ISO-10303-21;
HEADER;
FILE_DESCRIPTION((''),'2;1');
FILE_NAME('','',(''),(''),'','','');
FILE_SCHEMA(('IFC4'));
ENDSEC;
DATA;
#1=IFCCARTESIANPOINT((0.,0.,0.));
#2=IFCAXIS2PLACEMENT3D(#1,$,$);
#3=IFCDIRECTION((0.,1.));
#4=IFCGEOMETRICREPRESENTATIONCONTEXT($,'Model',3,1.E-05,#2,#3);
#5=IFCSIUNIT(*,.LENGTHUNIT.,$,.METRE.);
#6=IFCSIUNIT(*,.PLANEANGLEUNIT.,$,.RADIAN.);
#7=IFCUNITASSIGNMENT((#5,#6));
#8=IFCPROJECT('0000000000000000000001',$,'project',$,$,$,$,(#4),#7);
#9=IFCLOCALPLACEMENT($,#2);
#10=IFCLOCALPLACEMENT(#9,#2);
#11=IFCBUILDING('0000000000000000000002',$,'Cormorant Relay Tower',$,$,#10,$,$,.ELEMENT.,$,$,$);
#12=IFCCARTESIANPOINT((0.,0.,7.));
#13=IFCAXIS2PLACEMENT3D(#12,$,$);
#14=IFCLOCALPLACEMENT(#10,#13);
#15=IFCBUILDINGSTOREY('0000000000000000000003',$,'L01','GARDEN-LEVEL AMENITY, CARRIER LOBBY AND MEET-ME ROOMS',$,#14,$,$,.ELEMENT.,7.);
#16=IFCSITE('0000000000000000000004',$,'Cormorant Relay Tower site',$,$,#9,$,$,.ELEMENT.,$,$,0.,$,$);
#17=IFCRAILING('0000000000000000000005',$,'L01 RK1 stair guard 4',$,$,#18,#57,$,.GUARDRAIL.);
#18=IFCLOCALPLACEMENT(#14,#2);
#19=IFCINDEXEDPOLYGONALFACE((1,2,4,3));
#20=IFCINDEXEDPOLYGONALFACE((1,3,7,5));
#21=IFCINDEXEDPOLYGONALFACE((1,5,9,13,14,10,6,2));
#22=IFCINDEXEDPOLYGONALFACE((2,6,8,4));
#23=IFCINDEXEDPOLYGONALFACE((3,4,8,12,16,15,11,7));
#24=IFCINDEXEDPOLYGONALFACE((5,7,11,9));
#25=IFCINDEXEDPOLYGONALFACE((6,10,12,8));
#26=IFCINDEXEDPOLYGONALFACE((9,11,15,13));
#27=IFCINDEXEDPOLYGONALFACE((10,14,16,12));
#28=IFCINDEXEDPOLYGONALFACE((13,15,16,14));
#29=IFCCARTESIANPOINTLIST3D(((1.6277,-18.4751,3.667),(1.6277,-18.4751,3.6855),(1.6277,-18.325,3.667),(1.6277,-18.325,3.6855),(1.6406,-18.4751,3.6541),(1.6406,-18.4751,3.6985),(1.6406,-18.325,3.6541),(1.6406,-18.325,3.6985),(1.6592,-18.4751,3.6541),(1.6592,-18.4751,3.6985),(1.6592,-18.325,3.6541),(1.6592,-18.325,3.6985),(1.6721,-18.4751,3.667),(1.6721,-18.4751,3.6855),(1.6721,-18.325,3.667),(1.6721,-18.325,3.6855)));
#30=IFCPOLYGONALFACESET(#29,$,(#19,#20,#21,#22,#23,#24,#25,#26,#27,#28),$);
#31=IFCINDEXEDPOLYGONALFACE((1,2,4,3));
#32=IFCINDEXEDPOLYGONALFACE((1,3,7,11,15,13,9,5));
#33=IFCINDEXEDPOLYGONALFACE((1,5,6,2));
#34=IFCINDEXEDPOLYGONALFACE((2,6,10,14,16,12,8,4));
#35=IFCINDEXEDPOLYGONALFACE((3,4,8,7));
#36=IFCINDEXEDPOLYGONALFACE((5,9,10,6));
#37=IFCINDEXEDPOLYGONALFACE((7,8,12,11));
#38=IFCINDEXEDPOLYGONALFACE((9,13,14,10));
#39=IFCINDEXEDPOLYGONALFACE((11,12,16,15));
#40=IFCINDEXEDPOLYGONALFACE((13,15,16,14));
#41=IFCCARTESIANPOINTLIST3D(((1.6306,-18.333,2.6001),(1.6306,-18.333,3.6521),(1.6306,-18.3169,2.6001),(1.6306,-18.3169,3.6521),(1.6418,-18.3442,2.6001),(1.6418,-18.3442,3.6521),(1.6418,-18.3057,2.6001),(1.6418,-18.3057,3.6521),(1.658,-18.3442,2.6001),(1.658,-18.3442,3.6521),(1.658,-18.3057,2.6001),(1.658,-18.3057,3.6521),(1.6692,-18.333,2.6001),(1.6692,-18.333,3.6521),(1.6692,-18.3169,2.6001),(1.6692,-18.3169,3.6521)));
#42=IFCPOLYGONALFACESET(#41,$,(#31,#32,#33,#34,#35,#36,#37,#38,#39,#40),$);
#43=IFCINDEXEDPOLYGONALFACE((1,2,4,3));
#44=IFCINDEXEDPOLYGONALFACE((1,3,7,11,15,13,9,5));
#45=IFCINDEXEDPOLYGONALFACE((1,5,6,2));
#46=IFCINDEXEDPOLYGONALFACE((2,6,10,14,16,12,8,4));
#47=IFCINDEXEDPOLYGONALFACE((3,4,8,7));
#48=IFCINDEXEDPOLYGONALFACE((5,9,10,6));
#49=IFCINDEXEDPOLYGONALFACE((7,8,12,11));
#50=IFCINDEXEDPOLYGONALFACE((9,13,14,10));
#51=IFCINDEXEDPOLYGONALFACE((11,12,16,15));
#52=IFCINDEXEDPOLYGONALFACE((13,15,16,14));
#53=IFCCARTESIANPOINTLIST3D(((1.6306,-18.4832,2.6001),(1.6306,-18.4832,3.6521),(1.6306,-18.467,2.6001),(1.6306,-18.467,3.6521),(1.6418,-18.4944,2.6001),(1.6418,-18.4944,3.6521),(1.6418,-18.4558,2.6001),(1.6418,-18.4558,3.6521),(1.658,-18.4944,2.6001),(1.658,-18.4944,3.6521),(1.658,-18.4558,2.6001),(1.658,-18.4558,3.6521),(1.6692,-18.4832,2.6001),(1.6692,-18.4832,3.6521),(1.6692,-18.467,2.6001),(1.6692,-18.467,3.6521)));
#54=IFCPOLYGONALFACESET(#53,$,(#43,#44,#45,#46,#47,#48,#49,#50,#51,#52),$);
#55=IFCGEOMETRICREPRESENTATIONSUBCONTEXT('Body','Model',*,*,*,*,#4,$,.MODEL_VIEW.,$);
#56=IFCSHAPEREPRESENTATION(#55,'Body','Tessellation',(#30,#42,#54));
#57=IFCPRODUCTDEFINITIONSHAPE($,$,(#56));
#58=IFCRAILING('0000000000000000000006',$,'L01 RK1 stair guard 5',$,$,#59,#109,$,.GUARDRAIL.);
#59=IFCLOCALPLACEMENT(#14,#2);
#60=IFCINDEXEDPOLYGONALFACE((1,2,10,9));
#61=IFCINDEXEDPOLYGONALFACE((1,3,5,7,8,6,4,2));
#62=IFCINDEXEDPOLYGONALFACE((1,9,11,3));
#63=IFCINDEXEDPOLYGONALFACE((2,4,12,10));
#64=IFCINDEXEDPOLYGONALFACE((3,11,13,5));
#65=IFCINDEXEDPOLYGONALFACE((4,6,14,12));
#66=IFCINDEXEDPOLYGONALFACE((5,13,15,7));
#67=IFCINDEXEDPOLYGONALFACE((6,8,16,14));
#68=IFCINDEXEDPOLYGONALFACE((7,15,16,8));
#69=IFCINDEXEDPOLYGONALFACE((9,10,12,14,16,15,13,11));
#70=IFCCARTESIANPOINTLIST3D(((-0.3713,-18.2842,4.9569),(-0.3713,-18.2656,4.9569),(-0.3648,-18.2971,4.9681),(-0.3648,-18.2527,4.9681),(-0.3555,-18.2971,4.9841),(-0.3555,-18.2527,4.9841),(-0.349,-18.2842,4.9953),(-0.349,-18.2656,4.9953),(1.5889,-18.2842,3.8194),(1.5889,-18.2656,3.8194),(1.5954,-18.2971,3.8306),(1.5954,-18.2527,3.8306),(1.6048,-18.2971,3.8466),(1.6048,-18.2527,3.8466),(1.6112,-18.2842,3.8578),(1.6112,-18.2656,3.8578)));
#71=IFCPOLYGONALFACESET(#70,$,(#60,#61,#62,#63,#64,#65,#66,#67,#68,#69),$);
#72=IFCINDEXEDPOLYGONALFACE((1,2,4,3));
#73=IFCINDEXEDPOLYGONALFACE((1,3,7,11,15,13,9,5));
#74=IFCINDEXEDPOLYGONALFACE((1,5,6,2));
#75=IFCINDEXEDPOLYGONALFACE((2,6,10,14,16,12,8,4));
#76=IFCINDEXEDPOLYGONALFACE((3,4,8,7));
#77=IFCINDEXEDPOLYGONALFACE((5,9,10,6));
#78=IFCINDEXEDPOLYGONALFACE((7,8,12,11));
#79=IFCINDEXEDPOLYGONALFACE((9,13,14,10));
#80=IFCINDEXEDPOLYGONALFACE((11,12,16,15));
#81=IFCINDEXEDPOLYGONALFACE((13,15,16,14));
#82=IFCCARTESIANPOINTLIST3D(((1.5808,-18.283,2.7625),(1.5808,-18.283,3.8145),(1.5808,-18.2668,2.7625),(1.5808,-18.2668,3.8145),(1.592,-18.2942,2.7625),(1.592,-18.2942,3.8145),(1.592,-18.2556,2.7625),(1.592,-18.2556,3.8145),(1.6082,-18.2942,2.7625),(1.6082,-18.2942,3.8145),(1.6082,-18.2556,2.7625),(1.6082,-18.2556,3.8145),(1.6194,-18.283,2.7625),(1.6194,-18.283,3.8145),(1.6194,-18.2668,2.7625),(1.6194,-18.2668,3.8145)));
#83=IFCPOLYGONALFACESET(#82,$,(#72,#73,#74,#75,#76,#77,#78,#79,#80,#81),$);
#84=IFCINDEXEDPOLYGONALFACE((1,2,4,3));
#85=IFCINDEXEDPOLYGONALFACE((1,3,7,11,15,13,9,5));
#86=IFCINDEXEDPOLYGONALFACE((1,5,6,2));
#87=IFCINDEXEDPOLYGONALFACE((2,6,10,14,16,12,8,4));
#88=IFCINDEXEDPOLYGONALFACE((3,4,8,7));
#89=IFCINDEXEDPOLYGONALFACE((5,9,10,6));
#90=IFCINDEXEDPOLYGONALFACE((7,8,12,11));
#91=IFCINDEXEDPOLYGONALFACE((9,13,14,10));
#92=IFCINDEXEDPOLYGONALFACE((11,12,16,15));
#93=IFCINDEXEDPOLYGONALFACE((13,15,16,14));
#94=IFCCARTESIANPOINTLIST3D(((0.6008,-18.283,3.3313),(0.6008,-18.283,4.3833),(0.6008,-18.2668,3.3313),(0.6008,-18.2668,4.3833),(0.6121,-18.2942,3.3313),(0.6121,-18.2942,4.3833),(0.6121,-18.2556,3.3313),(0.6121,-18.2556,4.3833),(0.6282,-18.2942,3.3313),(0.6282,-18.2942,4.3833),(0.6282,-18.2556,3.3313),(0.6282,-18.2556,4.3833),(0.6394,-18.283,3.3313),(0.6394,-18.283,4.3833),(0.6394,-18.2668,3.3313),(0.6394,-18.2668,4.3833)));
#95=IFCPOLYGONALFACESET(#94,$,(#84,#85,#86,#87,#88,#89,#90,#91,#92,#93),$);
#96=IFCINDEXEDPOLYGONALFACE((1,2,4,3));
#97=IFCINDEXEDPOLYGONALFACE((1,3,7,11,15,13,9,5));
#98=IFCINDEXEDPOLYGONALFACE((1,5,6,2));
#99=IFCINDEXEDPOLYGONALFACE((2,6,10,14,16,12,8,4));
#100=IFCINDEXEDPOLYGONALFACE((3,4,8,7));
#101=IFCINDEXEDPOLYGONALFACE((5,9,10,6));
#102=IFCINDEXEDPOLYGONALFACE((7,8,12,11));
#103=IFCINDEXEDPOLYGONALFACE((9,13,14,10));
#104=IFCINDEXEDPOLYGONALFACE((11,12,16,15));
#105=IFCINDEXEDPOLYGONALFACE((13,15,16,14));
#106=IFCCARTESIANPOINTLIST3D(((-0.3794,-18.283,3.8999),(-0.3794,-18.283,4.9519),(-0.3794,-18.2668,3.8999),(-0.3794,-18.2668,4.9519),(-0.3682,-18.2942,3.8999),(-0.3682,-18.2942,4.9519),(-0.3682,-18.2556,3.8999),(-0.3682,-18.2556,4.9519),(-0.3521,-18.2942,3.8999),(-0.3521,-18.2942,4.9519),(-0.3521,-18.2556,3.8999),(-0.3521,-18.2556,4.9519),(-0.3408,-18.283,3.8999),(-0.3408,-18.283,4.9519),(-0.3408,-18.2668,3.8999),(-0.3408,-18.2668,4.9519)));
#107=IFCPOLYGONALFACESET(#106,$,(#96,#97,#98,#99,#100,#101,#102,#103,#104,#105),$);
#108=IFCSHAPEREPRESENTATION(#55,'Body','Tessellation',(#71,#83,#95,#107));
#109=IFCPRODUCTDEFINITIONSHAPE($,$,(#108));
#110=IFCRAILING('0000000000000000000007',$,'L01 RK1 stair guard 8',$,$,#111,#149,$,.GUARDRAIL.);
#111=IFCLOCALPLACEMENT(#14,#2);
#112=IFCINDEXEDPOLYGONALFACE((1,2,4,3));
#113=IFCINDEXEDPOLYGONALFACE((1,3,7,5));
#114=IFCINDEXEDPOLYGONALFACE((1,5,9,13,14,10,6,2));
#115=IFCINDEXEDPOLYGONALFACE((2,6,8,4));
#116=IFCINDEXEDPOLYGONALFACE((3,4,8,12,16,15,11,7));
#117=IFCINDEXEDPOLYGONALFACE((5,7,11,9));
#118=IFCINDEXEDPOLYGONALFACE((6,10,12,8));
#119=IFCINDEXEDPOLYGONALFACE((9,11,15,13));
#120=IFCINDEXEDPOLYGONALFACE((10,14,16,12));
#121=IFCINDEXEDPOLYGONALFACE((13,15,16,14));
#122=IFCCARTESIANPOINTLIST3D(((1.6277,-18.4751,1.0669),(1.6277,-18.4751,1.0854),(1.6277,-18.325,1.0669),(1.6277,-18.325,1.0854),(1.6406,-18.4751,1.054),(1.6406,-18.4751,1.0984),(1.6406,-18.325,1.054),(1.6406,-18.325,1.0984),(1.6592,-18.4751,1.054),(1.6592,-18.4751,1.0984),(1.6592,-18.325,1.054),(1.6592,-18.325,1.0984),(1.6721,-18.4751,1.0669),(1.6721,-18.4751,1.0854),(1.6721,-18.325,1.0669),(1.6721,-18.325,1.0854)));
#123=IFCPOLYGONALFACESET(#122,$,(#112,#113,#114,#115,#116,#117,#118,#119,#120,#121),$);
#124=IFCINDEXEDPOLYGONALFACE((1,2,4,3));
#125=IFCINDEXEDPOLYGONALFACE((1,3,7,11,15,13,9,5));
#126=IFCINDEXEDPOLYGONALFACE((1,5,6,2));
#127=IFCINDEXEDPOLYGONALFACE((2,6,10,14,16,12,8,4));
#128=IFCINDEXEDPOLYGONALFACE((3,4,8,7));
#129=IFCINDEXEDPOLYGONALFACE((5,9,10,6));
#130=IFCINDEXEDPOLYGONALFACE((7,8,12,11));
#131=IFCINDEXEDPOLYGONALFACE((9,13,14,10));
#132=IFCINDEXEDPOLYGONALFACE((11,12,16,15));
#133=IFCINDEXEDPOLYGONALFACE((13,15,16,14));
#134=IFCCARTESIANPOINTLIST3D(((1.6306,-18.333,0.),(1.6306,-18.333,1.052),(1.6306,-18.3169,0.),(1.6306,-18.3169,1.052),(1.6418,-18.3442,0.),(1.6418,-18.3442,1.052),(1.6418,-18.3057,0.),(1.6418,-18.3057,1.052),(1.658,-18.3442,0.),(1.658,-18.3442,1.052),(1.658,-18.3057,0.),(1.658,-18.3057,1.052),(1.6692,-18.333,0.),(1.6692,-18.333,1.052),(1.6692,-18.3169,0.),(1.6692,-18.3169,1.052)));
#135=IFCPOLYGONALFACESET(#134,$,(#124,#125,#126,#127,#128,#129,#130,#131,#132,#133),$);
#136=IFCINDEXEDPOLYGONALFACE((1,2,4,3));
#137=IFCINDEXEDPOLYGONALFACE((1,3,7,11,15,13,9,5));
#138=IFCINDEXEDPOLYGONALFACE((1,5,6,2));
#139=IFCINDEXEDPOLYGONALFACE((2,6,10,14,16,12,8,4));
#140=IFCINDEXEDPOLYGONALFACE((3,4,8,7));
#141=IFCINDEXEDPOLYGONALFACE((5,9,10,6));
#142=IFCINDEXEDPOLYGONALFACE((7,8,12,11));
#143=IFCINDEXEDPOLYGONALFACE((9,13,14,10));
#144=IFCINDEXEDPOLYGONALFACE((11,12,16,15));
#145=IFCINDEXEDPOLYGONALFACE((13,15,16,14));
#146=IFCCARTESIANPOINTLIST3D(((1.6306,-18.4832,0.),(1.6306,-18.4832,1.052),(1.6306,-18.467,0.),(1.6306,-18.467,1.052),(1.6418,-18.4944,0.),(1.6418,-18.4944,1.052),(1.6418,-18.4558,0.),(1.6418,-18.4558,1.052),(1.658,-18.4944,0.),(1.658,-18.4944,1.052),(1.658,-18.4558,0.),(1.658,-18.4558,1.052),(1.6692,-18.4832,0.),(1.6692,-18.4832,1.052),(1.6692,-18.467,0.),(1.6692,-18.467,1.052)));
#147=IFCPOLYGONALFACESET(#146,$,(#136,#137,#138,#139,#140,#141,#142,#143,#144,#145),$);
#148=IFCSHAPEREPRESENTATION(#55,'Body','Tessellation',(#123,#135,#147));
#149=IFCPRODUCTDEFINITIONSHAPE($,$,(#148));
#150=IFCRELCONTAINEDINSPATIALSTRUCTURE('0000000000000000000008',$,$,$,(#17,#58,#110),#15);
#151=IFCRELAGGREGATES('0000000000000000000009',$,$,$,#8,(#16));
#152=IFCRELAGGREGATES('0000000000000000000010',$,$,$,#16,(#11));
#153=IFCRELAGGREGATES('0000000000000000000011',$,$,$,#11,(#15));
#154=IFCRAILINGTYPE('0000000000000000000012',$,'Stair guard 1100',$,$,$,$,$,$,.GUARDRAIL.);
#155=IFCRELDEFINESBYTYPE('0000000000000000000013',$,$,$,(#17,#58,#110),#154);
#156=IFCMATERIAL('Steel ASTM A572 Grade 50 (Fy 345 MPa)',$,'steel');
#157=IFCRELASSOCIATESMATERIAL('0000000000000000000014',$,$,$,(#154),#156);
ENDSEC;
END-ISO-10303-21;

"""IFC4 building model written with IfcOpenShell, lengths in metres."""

from ifc_helpers import new_model, si_unit, direction, frame, origin, place, context, subcontext, project, spatial, polyline, outline, extrude, material, type_object, element, save


model = new_model("IFC4")

# Units and contexts
model_context = context("Model", 3, precision=1e-05, world=origin(), true_north=direction((0.0, 1.0)))
body_context = subcontext(model_context, "Body", "Model", "MODEL_VIEW")
ifc_project = project(units=[si_unit("LENGTHUNIT", "METRE"), si_unit("PLANEANGLEUNIT", "RADIAN")], contexts=[model_context])

# Site, building, storey
site_placement = place(None, origin())
site = spatial("IfcSite", under=ifc_project, at=site_placement, Name="Cormorant Relay Tower site", CompositionType="ELEMENT", RefElevation=0.0)
building_placement = place(site_placement, origin())
building = spatial("IfcBuilding", under=site, at=building_placement, Name="Cormorant Relay Tower", CompositionType="ELEMENT")
storey_placement = place(building_placement, frame((0.0, 0.0, 7.0)))
storey = spatial("IfcBuildingStorey", under=building, at=storey_placement, Name="L01", Description="GARDEN-LEVEL AMENITY, CARRIER LOBBY AND MEET-ME ROOMS", CompositionType="ELEMENT", Elevation=7.0)

# Railings
ifc_material_1 = material(Name="Steel ASTM A572 Grade 50 (Fy 345 MPa)", Category="steel")
railing_type_1 = type_object("IfcRailingType", Name="Stair guard 1100", PredefinedType="GUARDRAIL", material=ifc_material_1)
railing_1_placement = place(storey_placement, frame((1.6499, -18.325, 2.6001)))
element("IfcRailing", 1, at=railing_1_placement, inside=storey, type_object=railing_type_1, Name="L01 RK1 stair guard 4", PredefinedType="GUARDRAIL", context=body_context, shape_type="SweptSolid", body=[
    extrude(outline(polyline([(0.0222, 0.0093), (0.0093, 0.0222), (-0.0093, 0.0222), (-0.0222, 0.0093), (-0.0222, -0.0093), (-0.0093, -0.0222), (0.0093, -0.0222), (0.0222, -0.0093), (0.0222, 0.0093)])), frame((0.0, 0.0, 1.0762), z_axis=(0.0, -1.0, 0.0), x_axis=(1.0, 0.0, 0.0)), (0.0, 0.0, 1.0), 0.1501),
    extrude(outline(polyline([(0.0193, 0.0081), (0.0081, 0.0193), (-0.0081, 0.0193), (-0.0193, 0.0081), (-0.0193, -0.0081), (-0.0081, -0.0193), (0.0081, -0.0193), (0.0193, -0.0081), (0.0193, 0.0081)])), origin(), (0.0, 0.0, 1.0), 1.052),
    extrude(outline(polyline([(0.0193, 0.0081), (0.0081, 0.0193), (-0.0081, 0.0193), (-0.0193, 0.0081), (-0.0193, -0.0081), (-0.0081, -0.0193), (0.0081, -0.0193), (0.0193, -0.0081), (0.0193, 0.0081)])), frame((0.0, -0.1501, 0.0)), (0.0, 0.0, 1.0), 1.052),
])
railing_2_placement = place(storey_placement, frame((1.6001, -18.2749, 2.7625)))
element("IfcRailing", 2, at=railing_2_placement, inside=storey, type_object=railing_type_1, Name="L01 RK1 stair guard 5", PredefinedType="GUARDRAIL", context=body_context, shape_type="SweptSolid", body=[
    extrude(outline(polyline([(0.0222, 0.0093), (0.0093, 0.0222), (-0.0093, 0.0222), (-0.0222, 0.0093), (-0.0222, -0.0093), (-0.0093, -0.0222), (0.0093, -0.0222), (0.0222, -0.0093), (0.0222, 0.0093)])), frame((0.0, 0.0, 1.0762), z_axis=(-0.864929, 0.0, 0.501894), x_axis=(0.0, -1.0, 0.0)), (0.0, 0.0, 1.0), 2.2664),
    extrude(outline(polyline([(0.0193, 0.0081), (0.0081, 0.0193), (-0.0081, 0.0193), (-0.0193, 0.0081), (-0.0193, -0.0081), (-0.0081, -0.0193), (0.0081, -0.0193), (0.0193, -0.0081), (0.0193, 0.0081)])), origin(), (0.0, 0.0, 1.0), 1.052),
    extrude(outline(polyline([(0.0193, 0.0081), (0.0081, 0.0193), (-0.0081, 0.0193), (-0.0193, 0.0081), (-0.0193, -0.0081), (-0.0081, -0.0193), (0.0081, -0.0193), (0.0193, -0.0081), (0.0193, 0.0081)])), frame((-0.98, 0.0, 0.5688)), (0.0, 0.0, 1.0), 1.052),
    extrude(outline(polyline([(0.0193, 0.0081), (0.0081, 0.0193), (-0.0081, 0.0193), (-0.0193, 0.0081), (-0.0193, -0.0081), (-0.0081, -0.0193), (0.0081, -0.0193), (0.0193, -0.0081), (0.0193, 0.0081)])), frame((-1.9602, 0.0, 1.1375)), (0.0, 0.0, 1.0), 1.052),
])
railing_3_placement = place(storey_placement, frame((1.6499, -18.325, 0.0)))
element("IfcRailing", 3, at=railing_3_placement, inside=storey, type_object=railing_type_1, Name="L01 RK1 stair guard 8", PredefinedType="GUARDRAIL", context=body_context, shape_type="SweptSolid", body=[
    extrude(outline(polyline([(0.0222, 0.0093), (0.0093, 0.0222), (-0.0093, 0.0222), (-0.0222, 0.0093), (-0.0222, -0.0093), (-0.0093, -0.0222), (0.0093, -0.0222), (0.0222, -0.0093), (0.0222, 0.0093)])), frame((0.0, 0.0, 1.0762), z_axis=(0.0, -1.0, 0.0), x_axis=(1.0, 0.0, 0.0)), (0.0, 0.0, 1.0), 0.1501),
    extrude(outline(polyline([(0.0193, 0.0081), (0.0081, 0.0193), (-0.0081, 0.0193), (-0.0193, 0.0081), (-0.0193, -0.0081), (-0.0081, -0.0193), (0.0081, -0.0193), (0.0193, -0.0081), (0.0193, 0.0081)])), origin(), (0.0, 0.0, 1.0), 1.052),
    extrude(outline(polyline([(0.0193, 0.0081), (0.0081, 0.0193), (-0.0081, 0.0193), (-0.0193, 0.0081), (-0.0193, -0.0081), (-0.0081, -0.0193), (0.0081, -0.0193), (0.0193, -0.0081), (0.0193, 0.0081)])), frame((0.0, -0.1501, 0.0)), (0.0, 0.0, 1.0), 1.052),
])

save(model, "model.ifc")
